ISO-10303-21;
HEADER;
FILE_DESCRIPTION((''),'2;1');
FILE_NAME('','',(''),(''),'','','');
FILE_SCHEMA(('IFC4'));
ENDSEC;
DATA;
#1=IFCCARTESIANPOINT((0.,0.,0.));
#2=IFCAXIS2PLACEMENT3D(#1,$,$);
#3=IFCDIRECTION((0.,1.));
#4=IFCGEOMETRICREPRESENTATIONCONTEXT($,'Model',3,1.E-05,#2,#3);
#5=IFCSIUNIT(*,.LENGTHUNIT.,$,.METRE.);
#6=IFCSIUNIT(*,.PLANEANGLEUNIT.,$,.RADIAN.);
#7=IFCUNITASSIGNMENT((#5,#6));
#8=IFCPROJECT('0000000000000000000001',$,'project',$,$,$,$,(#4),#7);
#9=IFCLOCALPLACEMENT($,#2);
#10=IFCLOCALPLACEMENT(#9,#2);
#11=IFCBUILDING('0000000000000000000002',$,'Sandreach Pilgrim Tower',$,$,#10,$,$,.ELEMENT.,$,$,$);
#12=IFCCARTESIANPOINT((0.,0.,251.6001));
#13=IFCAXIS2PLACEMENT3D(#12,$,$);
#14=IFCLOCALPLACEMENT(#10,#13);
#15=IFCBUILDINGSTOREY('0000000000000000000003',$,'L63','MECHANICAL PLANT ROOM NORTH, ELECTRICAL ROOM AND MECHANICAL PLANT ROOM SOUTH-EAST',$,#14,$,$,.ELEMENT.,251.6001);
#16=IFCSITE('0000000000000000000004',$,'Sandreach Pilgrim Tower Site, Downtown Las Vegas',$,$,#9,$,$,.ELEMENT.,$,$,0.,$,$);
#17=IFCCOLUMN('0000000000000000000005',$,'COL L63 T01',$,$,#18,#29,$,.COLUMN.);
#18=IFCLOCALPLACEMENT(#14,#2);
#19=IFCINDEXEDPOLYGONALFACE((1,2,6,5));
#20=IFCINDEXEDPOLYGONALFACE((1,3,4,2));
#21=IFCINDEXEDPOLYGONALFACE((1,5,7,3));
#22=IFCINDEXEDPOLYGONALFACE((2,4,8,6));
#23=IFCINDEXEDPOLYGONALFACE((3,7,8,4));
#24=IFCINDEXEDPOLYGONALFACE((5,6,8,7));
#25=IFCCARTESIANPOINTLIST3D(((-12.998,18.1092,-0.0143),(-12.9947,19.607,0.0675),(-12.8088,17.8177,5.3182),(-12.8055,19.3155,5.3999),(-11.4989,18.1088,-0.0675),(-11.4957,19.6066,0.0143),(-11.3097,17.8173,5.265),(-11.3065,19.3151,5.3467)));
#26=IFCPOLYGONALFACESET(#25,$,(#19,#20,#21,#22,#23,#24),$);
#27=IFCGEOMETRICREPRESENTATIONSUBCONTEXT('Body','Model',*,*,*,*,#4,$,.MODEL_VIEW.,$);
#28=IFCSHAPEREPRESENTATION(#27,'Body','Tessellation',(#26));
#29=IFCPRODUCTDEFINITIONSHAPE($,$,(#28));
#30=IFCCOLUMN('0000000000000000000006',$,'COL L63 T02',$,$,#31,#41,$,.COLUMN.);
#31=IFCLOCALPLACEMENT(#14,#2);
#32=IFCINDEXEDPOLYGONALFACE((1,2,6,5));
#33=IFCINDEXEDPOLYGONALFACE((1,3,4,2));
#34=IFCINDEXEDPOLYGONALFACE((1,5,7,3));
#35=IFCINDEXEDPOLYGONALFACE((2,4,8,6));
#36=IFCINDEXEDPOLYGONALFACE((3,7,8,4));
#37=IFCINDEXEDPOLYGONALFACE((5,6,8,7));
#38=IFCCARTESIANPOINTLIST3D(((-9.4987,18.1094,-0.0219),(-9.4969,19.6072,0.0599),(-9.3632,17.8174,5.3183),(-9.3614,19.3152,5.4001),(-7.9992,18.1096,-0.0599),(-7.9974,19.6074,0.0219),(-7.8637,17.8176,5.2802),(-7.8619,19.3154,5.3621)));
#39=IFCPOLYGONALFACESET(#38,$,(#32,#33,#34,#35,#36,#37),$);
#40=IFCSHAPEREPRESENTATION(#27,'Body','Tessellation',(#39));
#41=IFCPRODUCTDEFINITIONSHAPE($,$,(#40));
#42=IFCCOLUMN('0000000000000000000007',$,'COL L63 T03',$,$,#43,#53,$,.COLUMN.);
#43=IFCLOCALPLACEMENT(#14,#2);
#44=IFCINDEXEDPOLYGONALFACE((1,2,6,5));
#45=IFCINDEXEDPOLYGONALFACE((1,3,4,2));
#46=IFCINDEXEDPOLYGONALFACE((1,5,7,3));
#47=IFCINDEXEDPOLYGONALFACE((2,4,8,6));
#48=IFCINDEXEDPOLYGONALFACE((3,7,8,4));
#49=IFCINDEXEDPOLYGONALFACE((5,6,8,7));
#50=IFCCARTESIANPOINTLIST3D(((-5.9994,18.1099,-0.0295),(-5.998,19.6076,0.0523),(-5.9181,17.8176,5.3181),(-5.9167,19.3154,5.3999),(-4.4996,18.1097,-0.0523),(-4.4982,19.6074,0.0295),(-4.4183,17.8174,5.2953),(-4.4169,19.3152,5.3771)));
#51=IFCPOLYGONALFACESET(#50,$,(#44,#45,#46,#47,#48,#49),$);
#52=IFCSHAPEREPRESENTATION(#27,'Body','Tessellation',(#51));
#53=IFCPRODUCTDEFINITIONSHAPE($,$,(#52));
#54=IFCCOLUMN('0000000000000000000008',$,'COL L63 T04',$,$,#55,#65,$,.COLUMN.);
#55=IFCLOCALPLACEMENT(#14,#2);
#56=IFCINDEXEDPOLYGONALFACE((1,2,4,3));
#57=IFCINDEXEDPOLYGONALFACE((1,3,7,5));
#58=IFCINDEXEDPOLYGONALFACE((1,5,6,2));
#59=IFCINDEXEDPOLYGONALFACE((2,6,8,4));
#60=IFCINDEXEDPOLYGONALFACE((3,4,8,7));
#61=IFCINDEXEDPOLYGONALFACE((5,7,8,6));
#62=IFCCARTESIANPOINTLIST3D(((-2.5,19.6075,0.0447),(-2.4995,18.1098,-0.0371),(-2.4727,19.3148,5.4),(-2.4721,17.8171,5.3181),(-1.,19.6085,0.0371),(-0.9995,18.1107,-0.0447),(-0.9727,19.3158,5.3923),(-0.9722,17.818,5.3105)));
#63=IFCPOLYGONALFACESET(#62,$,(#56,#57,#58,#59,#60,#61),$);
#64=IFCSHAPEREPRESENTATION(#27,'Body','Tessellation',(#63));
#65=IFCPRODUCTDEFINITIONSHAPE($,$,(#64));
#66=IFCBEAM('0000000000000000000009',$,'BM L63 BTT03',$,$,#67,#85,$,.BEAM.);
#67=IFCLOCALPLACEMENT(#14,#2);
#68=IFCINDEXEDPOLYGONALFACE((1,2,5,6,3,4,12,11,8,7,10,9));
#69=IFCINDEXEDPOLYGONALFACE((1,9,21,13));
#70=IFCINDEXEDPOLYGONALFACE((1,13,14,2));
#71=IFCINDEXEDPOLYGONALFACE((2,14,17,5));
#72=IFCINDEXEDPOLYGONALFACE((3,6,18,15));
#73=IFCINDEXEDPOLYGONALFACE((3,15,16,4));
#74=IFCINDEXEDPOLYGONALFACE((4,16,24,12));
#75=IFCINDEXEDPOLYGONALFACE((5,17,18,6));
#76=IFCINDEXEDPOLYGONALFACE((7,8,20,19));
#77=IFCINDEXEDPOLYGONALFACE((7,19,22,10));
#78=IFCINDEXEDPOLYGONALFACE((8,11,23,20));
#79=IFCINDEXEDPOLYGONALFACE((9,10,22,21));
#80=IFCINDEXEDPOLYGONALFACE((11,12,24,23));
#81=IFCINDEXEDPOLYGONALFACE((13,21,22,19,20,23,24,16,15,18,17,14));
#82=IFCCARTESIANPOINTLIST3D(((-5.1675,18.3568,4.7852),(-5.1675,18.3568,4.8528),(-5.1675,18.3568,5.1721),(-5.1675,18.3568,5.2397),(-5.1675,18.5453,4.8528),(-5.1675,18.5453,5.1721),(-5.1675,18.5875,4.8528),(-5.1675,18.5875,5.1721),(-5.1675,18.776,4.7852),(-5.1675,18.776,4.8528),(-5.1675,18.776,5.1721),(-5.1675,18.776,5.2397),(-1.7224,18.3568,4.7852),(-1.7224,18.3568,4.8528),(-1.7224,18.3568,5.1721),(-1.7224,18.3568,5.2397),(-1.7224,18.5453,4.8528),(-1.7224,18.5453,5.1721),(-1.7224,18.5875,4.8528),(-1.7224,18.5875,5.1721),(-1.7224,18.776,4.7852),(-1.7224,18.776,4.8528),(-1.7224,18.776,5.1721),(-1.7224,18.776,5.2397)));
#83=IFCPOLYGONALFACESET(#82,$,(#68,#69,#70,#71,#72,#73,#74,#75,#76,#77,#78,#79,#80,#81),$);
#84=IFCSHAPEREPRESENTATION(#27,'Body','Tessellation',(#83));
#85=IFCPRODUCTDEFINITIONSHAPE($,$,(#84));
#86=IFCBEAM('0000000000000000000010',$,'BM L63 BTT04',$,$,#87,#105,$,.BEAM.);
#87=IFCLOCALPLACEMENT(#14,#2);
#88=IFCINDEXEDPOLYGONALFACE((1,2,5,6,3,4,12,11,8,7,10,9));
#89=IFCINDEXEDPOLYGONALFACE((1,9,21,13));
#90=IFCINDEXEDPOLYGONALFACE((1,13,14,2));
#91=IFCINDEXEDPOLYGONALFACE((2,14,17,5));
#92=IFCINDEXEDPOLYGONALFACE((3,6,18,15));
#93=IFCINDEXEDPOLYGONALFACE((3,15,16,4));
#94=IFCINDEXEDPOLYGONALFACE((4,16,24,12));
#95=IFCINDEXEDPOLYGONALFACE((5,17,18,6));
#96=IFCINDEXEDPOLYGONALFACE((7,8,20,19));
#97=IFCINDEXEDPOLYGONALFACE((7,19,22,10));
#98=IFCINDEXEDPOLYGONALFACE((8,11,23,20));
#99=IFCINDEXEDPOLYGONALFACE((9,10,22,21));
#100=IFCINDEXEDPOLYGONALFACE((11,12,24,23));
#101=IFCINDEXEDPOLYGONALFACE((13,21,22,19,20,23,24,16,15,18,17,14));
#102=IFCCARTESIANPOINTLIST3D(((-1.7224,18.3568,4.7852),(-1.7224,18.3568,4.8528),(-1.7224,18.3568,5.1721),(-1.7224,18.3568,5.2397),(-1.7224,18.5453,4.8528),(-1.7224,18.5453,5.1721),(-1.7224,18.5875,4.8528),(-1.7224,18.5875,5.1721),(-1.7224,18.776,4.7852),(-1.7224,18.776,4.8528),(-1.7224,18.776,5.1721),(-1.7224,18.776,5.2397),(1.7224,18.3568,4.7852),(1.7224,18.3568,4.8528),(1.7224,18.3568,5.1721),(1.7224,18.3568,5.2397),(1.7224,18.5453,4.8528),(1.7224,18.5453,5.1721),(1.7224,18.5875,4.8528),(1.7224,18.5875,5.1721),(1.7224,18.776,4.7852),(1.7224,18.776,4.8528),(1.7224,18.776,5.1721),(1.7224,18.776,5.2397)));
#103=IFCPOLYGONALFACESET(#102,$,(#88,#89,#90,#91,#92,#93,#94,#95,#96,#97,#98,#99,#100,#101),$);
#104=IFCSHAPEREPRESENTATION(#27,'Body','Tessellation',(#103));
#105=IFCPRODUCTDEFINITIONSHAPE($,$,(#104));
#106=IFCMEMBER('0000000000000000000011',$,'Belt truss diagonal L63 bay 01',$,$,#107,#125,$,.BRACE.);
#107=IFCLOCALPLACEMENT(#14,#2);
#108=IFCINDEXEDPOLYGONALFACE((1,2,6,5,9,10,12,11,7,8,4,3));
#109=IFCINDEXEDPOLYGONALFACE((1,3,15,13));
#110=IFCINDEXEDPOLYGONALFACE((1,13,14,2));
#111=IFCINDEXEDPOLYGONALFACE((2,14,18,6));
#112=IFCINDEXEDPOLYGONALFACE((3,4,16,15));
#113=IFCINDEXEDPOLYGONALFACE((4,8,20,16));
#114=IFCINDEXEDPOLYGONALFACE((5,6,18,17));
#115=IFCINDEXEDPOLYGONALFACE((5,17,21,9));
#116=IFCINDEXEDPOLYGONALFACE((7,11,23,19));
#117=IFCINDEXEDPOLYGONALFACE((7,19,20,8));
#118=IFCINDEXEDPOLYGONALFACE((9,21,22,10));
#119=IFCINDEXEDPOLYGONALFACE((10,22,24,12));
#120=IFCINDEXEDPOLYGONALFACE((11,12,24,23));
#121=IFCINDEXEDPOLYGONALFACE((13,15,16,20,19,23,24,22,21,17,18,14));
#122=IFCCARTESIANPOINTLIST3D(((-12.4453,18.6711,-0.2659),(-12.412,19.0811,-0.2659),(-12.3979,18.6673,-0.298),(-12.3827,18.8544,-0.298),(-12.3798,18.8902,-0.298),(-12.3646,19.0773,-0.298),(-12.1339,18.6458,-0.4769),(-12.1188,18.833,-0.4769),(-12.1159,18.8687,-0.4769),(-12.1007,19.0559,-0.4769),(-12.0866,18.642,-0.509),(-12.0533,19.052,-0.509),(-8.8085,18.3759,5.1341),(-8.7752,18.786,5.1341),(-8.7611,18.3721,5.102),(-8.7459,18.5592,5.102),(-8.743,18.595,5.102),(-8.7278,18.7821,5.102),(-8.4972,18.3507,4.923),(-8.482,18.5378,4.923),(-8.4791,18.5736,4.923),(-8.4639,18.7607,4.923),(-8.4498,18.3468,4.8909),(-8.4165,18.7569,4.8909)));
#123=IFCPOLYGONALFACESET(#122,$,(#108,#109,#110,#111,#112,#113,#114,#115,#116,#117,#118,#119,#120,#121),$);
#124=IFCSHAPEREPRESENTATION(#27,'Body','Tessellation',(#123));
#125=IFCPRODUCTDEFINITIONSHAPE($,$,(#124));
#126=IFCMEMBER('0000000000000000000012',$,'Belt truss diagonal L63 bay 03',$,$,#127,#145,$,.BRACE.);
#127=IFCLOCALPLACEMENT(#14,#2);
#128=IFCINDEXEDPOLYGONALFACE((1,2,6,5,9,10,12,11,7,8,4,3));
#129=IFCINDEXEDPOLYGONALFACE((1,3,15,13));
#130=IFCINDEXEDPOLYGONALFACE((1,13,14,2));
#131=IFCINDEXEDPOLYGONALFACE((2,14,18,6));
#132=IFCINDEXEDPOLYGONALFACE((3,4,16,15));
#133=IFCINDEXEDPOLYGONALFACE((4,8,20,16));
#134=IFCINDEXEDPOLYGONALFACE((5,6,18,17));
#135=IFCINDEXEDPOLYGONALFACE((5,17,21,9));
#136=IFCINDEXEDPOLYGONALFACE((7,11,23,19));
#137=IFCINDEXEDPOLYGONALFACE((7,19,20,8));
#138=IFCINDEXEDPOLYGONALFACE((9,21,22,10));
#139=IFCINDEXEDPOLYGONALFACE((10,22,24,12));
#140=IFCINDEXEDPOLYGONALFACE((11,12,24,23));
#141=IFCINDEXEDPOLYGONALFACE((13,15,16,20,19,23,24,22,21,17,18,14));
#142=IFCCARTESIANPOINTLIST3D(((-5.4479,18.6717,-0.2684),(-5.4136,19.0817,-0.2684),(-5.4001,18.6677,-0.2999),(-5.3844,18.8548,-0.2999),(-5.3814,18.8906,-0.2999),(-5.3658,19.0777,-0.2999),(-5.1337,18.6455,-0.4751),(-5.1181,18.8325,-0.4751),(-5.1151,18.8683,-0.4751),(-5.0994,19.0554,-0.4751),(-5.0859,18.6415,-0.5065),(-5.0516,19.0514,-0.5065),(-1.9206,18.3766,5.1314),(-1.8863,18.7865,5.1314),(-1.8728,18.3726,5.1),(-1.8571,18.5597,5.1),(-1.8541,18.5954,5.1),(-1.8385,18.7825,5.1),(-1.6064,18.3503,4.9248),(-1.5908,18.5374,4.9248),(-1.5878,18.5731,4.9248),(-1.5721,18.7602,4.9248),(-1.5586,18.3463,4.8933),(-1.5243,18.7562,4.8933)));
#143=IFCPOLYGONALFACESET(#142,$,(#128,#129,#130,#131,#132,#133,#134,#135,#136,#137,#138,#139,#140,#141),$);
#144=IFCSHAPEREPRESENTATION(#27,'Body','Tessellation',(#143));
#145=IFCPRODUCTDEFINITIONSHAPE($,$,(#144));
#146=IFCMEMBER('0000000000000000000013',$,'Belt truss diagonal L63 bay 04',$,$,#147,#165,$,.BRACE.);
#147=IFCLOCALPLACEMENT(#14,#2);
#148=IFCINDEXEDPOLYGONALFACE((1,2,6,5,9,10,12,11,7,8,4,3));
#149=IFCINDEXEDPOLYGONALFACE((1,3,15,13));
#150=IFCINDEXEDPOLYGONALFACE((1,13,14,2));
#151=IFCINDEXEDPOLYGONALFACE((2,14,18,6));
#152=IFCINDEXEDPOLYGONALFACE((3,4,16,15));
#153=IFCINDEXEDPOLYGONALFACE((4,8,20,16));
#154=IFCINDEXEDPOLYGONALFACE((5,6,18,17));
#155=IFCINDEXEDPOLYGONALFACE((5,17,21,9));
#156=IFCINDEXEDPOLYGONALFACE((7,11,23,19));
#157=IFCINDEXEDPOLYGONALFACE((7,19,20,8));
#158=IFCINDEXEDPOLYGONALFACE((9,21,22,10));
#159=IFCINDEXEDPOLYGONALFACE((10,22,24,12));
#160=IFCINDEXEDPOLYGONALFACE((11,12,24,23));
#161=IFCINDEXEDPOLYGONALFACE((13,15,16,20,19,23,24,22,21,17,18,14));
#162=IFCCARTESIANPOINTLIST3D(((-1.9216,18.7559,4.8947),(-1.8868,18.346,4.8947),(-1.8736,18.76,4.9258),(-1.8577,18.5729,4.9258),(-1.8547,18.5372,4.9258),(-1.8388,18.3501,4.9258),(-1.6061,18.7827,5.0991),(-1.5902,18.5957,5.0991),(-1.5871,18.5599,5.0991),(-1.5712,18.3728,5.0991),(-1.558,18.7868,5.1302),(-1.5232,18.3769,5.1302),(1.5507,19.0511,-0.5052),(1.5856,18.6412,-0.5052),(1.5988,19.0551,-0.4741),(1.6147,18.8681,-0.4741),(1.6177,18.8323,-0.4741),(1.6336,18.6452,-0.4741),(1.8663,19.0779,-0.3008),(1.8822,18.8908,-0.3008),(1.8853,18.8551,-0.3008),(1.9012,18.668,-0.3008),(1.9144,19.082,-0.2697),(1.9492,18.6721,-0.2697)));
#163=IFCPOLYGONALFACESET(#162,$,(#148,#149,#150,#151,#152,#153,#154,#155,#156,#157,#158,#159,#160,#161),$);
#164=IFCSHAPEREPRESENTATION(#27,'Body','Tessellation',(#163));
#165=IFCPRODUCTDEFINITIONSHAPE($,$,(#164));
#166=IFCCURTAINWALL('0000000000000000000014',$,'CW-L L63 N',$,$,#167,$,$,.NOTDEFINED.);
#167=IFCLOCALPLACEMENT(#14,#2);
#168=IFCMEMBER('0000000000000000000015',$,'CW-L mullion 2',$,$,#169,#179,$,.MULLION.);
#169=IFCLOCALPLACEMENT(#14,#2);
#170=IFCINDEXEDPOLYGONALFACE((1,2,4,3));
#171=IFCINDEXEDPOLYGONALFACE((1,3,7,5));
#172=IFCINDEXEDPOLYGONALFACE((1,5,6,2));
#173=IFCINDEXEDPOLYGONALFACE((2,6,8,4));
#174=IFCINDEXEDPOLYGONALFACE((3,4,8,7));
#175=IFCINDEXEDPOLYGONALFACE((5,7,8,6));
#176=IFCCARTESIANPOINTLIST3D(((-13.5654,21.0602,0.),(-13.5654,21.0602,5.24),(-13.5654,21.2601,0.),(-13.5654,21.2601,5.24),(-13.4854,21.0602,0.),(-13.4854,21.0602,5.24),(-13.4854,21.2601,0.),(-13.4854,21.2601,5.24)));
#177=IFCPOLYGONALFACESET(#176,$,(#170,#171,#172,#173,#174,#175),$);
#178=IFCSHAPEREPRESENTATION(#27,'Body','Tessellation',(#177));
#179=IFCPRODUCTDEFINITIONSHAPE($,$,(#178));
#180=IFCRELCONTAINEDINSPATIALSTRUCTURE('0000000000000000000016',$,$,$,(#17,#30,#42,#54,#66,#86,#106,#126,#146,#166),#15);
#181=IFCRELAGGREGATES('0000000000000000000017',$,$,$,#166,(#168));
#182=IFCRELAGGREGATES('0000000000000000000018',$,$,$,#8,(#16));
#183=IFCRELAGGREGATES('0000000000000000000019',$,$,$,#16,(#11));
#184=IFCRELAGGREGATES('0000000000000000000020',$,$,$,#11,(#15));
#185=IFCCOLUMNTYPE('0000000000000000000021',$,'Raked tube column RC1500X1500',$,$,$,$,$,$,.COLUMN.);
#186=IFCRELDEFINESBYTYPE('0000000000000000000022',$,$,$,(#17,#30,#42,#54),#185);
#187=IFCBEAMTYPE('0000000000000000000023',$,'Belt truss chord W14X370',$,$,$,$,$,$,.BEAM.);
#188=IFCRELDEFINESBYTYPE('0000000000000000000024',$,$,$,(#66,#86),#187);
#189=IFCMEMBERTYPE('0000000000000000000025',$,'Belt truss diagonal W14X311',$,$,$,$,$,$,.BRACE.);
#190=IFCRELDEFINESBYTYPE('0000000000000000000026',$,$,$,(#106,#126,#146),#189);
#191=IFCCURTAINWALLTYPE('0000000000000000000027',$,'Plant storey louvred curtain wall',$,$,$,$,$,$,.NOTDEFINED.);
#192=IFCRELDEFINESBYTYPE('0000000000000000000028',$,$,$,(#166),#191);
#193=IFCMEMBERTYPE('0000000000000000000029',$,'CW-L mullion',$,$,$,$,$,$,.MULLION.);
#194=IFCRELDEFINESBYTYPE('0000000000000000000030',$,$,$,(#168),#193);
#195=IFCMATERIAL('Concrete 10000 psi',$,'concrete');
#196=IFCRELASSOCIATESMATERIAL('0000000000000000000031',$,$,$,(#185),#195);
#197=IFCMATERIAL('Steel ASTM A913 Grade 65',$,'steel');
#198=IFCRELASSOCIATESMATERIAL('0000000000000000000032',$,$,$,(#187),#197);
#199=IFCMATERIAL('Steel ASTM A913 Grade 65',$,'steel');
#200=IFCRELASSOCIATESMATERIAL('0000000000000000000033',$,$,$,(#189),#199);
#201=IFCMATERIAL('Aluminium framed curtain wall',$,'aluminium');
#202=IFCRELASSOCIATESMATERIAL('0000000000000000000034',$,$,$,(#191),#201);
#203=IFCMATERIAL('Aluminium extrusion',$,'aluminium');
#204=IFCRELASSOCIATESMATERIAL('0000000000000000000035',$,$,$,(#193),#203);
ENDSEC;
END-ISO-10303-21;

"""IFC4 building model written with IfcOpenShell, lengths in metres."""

from ifc_helpers import new_model, si_unit, direction, frame, origin, origin_2d, place, context, subcontext, project, spatial, rectangle, i_section, extrude, material, material_profile, profile_set, type_object, element, aggregate, save


model = new_model("IFC4")

# Units and contexts
model_context = context("Model", 3, precision=1e-05, world=origin(), true_north=direction((0.0, 1.0)))
body_context = subcontext(model_context, "Body", "Model", "MODEL_VIEW")
ifc_project = project(units=[si_unit("LENGTHUNIT", "METRE"), si_unit("PLANEANGLEUNIT", "RADIAN")], contexts=[model_context])

# Site, building, storey
site_placement = place(None, origin())
site = spatial("IfcSite", under=ifc_project, at=site_placement, Name="Sandreach Pilgrim Tower Site, Downtown Las Vegas", CompositionType="ELEMENT", RefElevation=0.0)
building_placement = place(site_placement, origin())
building = spatial("IfcBuilding", under=site, at=building_placement, Name="Sandreach Pilgrim Tower", CompositionType="ELEMENT")
storey_placement = place(building_placement, frame((0.0, 0.0, 251.6001)))
storey = spatial("IfcBuildingStorey", under=building, at=storey_placement, Name="L63", Description="MECHANICAL PLANT ROOM NORTH, ELECTRICAL ROOM AND MECHANICAL PLANT ROOM SOUTH-EAST", CompositionType="ELEMENT", Elevation=251.6001)

# Columns
ifc_material_1 = material(Name="Concrete 10000 psi", Category="concrete")
ifc_material_profile_1 = material_profile(ifc_material_1, rectangle(XDim=1.5, YDim=1.5, at=origin_2d()), Name="RC1500X1500")
ifc_profile_set_1 = profile_set([ifc_material_profile_1], Name="Concrete 10000 psi")
column_type = type_object("IfcColumnType", Name="Raked tube column RC1500X1500", PredefinedType="COLUMN", material=ifc_profile_set_1)
column_1_placement = place(storey_placement, frame((-12.2468, 18.8579, 0.0), z_axis=(0.035407, -0.05455, 0.997883), x_axis=(0.002181, 0.998511, 0.054507)))
element("IfcColumn", 1, at=column_1_placement, inside=storey, type_object=column_type, Name="COL L63 T01", PredefinedType="COLUMN", context=body_context, shape_type="SweptSolid", body=[
    extrude(rectangle(XDim=1.5, YDim=1.5, at=origin_2d()), origin(), (0.0, 0.0, 1.0), 5.3438),
])
column_2_placement = place(storey_placement, frame((-8.748, 18.8584, 0.0), z_axis=(0.025328, -0.05458, 0.998188), x_axis=(0.001245, 0.998509, 0.054566)))
element("IfcColumn", 2, at=column_2_placement, inside=storey, type_object=column_type, Name="COL L63 T02", PredefinedType="COLUMN", context=body_context, shape_type="SweptSolid", body=[
    extrude(rectangle(XDim=1.5, YDim=1.5, at=origin_2d()), origin(), (0.0, 0.0, 1.0), 5.3499),
])
column_3_placement = place(storey_placement, frame((-5.2488, 18.8586, 0.0), z_axis=(0.015178, -0.05456, 0.998395), x_axis=(0.000952, 0.99851, 0.054552)))
element("IfcColumn", 3, at=column_3_placement, inside=storey, type_object=column_type, Name="COL L63 T03", PredefinedType="COLUMN", context=body_context, shape_type="SweptSolid", body=[
    extrude(rectangle(XDim=1.5, YDim=1.5, at=origin_2d()), origin(), (0.0, 0.0, 1.0), 5.3562),
])
column_4_placement = place(storey_placement, frame((-1.7498, 18.8591, 0.0), z_axis=(0.005098, -0.054579, 0.998496), x_axis=(-0.000352, 0.998509, 0.054582)))
element("IfcColumn", 4, at=column_4_placement, inside=storey, type_object=column_type, Name="COL L63 T04", PredefinedType="COLUMN", context=body_context, shape_type="SweptSolid", body=[
    extrude(rectangle(XDim=1.5, YDim=1.5, at=origin_2d()), origin(), (0.0, 0.0, 1.0), 5.3633),
])

# Beams
ifc_material_2 = material(Name="Steel ASTM A913 Grade 65", Category="steel")
ifc_material_profile_2 = material_profile(ifc_material_2, i_section(OverallWidth=0.4192, OverallDepth=0.4546, WebThickness=0.0422, FlangeThickness=0.0676, at=origin_2d()), Name="W14X370")
ifc_profile_set_2 = profile_set([ifc_material_profile_2], Name="Steel ASTM A913 Grade 65")
beam_type_1 = type_object("IfcBeamType", Name="Belt truss chord W14X370", PredefinedType="BEAM", material=ifc_profile_set_2)
beam_1_placement = place(storey_placement, frame((-5.1675, 18.5664, 5.0125), z_axis=(1.0, 0.0, 0.0), x_axis=(0.0, 1.0, 0.0)))
element("IfcBeam", 5, at=beam_1_placement, inside=storey, type_object=beam_type_1, Name="BM L63 BTT03", PredefinedType="BEAM", context=body_context, shape_type="SweptSolid", body=[
    extrude(i_section(OverallWidth=0.4192, OverallDepth=0.4546, WebThickness=0.0422, FlangeThickness=0.0676, at=origin_2d()), origin(), (0.0, 0.0, 1.0), 3.4451),
])
beam_2_placement = place(storey_placement, frame((-1.7224, 18.5664, 5.0125), z_axis=(1.0, 0.0, 0.0), x_axis=(0.0, 1.0, 0.0)))
element("IfcBeam", 6, at=beam_2_placement, inside=storey, type_object=beam_type_1, Name="BM L63 BTT04", PredefinedType="BEAM", context=body_context, shape_type="SweptSolid", body=[
    extrude(i_section(OverallWidth=0.4192, OverallDepth=0.4546, WebThickness=0.0422, FlangeThickness=0.0676, at=origin_2d()), origin(), (0.0, 0.0, 1.0), 3.4448),
])

# Members
ifc_material_3 = material(Name="Steel ASTM A913 Grade 65", Category="steel")
ifc_material_profile_3 = material_profile(ifc_material_3, i_section(OverallWidth=0.4114, OverallDepth=0.4343, WebThickness=0.0359, FlangeThickness=0.0574, at=origin_2d()), Name="W14X311")
ifc_profile_set_3 = profile_set([ifc_material_profile_3], Name="Steel ASTM A913 Grade 65")
member_type_1 = type_object("IfcMemberType", Name="Belt truss diagonal W14X311", PredefinedType="BRACE", material=ifc_profile_set_3)
member_1_placement = place(storey_placement, frame((-12.2493, 18.8616, -0.3875), z_axis=(0.558032, -0.045291, 0.828582), x_axis=(0.080897, 0.996722, 0.0)))
element("IfcMember", 7, at=member_1_placement, inside=storey, type_object=member_type_1, Name="Belt truss diagonal L63 bay 01", PredefinedType="BRACE", context=body_context, shape_type="SweptSolid", body=[
    extrude(i_section(OverallWidth=0.4114, OverallDepth=0.4343, WebThickness=0.0359, FlangeThickness=0.0574, at=origin_2d()), origin(), (0.0, 0.0, 1.0), 6.5171),
])
member_2_placement = place(storey_placement, frame((-5.2498, 18.8616, -0.3875), z_axis=(0.546312, -0.045715, 0.836333), x_axis=(0.083388, 0.996517, 0.0)))
element("IfcMember", 8, at=member_2_placement, inside=storey, type_object=member_type_1, Name="Belt truss diagonal L63 bay 03", PredefinedType="BRACE", context=body_context, shape_type="SweptSolid", body=[
    extrude(i_section(OverallWidth=0.4114, OverallDepth=0.4343, WebThickness=0.0359, FlangeThickness=0.0574, at=origin_2d()), origin(), (0.0, 0.0, 1.0), 6.4565),
])
member_3_placement = place(storey_placement, frame((-1.7224, 18.5664, 5.0125), z_axis=(0.540302, 0.045927, -0.840217), x_axis=(-0.084698, 0.996407, 0.0)))
element("IfcMember", 9, at=member_3_placement, inside=storey, type_object=member_type_1, Name="Belt truss diagonal L63 bay 04", PredefinedType="BRACE", context=body_context, shape_type="SweptSolid", body=[
    extrude(i_section(OverallWidth=0.4114, OverallDepth=0.4343, WebThickness=0.0359, FlangeThickness=0.0574, at=origin_2d()), origin(), (0.0, 0.0, 1.0), 6.4268),
])

# Curtain wall, member
ifc_material_4 = material(Name="Aluminium framed curtain wall", Category="aluminium")
curtain_wall_type = type_object("IfcCurtainWallType", Name="Plant storey louvred curtain wall", PredefinedType="NOTDEFINED", material=ifc_material_4)
curtain_wall_placement = place(storey_placement, origin())
curtain_wall = element("IfcCurtainWall", 10, at=curtain_wall_placement, inside=storey, type_object=curtain_wall_type, Name="CW-L L63 N", PredefinedType="NOTDEFINED")
ifc_material_5 = material(Name="Aluminium extrusion", Category="aluminium")
ifc_material_profile_4 = material_profile(ifc_material_5, rectangle(XDim=0.0801, YDim=0.2, at=origin_2d()), Name="CW-LM 80X200")
ifc_profile_set_4 = profile_set([ifc_material_profile_4], Name="Aluminium extrusion")
member_type_2 = type_object("IfcMemberType", Name="CW-L mullion", PredefinedType="MULLION", material=ifc_profile_set_4)
member_4_placement = place(storey_placement, frame((-13.5254, 21.1602, 0.0), z_axis=(0.0, 0.0, 1.0), x_axis=(1.0, 0.0, 0.0)))
member_4 = element("IfcMember", 11, at=member_4_placement, type_object=member_type_2, Name="CW-L mullion 2", PredefinedType="MULLION", context=body_context, shape_type="SweptSolid", body=[
    extrude(rectangle(XDim=0.0801, YDim=0.2, at=origin_2d()), origin(), (0.0, 0.0, 1.0), 5.24),
])

aggregate(curtain_wall, [member_4])

save(model, "model.ifc")
